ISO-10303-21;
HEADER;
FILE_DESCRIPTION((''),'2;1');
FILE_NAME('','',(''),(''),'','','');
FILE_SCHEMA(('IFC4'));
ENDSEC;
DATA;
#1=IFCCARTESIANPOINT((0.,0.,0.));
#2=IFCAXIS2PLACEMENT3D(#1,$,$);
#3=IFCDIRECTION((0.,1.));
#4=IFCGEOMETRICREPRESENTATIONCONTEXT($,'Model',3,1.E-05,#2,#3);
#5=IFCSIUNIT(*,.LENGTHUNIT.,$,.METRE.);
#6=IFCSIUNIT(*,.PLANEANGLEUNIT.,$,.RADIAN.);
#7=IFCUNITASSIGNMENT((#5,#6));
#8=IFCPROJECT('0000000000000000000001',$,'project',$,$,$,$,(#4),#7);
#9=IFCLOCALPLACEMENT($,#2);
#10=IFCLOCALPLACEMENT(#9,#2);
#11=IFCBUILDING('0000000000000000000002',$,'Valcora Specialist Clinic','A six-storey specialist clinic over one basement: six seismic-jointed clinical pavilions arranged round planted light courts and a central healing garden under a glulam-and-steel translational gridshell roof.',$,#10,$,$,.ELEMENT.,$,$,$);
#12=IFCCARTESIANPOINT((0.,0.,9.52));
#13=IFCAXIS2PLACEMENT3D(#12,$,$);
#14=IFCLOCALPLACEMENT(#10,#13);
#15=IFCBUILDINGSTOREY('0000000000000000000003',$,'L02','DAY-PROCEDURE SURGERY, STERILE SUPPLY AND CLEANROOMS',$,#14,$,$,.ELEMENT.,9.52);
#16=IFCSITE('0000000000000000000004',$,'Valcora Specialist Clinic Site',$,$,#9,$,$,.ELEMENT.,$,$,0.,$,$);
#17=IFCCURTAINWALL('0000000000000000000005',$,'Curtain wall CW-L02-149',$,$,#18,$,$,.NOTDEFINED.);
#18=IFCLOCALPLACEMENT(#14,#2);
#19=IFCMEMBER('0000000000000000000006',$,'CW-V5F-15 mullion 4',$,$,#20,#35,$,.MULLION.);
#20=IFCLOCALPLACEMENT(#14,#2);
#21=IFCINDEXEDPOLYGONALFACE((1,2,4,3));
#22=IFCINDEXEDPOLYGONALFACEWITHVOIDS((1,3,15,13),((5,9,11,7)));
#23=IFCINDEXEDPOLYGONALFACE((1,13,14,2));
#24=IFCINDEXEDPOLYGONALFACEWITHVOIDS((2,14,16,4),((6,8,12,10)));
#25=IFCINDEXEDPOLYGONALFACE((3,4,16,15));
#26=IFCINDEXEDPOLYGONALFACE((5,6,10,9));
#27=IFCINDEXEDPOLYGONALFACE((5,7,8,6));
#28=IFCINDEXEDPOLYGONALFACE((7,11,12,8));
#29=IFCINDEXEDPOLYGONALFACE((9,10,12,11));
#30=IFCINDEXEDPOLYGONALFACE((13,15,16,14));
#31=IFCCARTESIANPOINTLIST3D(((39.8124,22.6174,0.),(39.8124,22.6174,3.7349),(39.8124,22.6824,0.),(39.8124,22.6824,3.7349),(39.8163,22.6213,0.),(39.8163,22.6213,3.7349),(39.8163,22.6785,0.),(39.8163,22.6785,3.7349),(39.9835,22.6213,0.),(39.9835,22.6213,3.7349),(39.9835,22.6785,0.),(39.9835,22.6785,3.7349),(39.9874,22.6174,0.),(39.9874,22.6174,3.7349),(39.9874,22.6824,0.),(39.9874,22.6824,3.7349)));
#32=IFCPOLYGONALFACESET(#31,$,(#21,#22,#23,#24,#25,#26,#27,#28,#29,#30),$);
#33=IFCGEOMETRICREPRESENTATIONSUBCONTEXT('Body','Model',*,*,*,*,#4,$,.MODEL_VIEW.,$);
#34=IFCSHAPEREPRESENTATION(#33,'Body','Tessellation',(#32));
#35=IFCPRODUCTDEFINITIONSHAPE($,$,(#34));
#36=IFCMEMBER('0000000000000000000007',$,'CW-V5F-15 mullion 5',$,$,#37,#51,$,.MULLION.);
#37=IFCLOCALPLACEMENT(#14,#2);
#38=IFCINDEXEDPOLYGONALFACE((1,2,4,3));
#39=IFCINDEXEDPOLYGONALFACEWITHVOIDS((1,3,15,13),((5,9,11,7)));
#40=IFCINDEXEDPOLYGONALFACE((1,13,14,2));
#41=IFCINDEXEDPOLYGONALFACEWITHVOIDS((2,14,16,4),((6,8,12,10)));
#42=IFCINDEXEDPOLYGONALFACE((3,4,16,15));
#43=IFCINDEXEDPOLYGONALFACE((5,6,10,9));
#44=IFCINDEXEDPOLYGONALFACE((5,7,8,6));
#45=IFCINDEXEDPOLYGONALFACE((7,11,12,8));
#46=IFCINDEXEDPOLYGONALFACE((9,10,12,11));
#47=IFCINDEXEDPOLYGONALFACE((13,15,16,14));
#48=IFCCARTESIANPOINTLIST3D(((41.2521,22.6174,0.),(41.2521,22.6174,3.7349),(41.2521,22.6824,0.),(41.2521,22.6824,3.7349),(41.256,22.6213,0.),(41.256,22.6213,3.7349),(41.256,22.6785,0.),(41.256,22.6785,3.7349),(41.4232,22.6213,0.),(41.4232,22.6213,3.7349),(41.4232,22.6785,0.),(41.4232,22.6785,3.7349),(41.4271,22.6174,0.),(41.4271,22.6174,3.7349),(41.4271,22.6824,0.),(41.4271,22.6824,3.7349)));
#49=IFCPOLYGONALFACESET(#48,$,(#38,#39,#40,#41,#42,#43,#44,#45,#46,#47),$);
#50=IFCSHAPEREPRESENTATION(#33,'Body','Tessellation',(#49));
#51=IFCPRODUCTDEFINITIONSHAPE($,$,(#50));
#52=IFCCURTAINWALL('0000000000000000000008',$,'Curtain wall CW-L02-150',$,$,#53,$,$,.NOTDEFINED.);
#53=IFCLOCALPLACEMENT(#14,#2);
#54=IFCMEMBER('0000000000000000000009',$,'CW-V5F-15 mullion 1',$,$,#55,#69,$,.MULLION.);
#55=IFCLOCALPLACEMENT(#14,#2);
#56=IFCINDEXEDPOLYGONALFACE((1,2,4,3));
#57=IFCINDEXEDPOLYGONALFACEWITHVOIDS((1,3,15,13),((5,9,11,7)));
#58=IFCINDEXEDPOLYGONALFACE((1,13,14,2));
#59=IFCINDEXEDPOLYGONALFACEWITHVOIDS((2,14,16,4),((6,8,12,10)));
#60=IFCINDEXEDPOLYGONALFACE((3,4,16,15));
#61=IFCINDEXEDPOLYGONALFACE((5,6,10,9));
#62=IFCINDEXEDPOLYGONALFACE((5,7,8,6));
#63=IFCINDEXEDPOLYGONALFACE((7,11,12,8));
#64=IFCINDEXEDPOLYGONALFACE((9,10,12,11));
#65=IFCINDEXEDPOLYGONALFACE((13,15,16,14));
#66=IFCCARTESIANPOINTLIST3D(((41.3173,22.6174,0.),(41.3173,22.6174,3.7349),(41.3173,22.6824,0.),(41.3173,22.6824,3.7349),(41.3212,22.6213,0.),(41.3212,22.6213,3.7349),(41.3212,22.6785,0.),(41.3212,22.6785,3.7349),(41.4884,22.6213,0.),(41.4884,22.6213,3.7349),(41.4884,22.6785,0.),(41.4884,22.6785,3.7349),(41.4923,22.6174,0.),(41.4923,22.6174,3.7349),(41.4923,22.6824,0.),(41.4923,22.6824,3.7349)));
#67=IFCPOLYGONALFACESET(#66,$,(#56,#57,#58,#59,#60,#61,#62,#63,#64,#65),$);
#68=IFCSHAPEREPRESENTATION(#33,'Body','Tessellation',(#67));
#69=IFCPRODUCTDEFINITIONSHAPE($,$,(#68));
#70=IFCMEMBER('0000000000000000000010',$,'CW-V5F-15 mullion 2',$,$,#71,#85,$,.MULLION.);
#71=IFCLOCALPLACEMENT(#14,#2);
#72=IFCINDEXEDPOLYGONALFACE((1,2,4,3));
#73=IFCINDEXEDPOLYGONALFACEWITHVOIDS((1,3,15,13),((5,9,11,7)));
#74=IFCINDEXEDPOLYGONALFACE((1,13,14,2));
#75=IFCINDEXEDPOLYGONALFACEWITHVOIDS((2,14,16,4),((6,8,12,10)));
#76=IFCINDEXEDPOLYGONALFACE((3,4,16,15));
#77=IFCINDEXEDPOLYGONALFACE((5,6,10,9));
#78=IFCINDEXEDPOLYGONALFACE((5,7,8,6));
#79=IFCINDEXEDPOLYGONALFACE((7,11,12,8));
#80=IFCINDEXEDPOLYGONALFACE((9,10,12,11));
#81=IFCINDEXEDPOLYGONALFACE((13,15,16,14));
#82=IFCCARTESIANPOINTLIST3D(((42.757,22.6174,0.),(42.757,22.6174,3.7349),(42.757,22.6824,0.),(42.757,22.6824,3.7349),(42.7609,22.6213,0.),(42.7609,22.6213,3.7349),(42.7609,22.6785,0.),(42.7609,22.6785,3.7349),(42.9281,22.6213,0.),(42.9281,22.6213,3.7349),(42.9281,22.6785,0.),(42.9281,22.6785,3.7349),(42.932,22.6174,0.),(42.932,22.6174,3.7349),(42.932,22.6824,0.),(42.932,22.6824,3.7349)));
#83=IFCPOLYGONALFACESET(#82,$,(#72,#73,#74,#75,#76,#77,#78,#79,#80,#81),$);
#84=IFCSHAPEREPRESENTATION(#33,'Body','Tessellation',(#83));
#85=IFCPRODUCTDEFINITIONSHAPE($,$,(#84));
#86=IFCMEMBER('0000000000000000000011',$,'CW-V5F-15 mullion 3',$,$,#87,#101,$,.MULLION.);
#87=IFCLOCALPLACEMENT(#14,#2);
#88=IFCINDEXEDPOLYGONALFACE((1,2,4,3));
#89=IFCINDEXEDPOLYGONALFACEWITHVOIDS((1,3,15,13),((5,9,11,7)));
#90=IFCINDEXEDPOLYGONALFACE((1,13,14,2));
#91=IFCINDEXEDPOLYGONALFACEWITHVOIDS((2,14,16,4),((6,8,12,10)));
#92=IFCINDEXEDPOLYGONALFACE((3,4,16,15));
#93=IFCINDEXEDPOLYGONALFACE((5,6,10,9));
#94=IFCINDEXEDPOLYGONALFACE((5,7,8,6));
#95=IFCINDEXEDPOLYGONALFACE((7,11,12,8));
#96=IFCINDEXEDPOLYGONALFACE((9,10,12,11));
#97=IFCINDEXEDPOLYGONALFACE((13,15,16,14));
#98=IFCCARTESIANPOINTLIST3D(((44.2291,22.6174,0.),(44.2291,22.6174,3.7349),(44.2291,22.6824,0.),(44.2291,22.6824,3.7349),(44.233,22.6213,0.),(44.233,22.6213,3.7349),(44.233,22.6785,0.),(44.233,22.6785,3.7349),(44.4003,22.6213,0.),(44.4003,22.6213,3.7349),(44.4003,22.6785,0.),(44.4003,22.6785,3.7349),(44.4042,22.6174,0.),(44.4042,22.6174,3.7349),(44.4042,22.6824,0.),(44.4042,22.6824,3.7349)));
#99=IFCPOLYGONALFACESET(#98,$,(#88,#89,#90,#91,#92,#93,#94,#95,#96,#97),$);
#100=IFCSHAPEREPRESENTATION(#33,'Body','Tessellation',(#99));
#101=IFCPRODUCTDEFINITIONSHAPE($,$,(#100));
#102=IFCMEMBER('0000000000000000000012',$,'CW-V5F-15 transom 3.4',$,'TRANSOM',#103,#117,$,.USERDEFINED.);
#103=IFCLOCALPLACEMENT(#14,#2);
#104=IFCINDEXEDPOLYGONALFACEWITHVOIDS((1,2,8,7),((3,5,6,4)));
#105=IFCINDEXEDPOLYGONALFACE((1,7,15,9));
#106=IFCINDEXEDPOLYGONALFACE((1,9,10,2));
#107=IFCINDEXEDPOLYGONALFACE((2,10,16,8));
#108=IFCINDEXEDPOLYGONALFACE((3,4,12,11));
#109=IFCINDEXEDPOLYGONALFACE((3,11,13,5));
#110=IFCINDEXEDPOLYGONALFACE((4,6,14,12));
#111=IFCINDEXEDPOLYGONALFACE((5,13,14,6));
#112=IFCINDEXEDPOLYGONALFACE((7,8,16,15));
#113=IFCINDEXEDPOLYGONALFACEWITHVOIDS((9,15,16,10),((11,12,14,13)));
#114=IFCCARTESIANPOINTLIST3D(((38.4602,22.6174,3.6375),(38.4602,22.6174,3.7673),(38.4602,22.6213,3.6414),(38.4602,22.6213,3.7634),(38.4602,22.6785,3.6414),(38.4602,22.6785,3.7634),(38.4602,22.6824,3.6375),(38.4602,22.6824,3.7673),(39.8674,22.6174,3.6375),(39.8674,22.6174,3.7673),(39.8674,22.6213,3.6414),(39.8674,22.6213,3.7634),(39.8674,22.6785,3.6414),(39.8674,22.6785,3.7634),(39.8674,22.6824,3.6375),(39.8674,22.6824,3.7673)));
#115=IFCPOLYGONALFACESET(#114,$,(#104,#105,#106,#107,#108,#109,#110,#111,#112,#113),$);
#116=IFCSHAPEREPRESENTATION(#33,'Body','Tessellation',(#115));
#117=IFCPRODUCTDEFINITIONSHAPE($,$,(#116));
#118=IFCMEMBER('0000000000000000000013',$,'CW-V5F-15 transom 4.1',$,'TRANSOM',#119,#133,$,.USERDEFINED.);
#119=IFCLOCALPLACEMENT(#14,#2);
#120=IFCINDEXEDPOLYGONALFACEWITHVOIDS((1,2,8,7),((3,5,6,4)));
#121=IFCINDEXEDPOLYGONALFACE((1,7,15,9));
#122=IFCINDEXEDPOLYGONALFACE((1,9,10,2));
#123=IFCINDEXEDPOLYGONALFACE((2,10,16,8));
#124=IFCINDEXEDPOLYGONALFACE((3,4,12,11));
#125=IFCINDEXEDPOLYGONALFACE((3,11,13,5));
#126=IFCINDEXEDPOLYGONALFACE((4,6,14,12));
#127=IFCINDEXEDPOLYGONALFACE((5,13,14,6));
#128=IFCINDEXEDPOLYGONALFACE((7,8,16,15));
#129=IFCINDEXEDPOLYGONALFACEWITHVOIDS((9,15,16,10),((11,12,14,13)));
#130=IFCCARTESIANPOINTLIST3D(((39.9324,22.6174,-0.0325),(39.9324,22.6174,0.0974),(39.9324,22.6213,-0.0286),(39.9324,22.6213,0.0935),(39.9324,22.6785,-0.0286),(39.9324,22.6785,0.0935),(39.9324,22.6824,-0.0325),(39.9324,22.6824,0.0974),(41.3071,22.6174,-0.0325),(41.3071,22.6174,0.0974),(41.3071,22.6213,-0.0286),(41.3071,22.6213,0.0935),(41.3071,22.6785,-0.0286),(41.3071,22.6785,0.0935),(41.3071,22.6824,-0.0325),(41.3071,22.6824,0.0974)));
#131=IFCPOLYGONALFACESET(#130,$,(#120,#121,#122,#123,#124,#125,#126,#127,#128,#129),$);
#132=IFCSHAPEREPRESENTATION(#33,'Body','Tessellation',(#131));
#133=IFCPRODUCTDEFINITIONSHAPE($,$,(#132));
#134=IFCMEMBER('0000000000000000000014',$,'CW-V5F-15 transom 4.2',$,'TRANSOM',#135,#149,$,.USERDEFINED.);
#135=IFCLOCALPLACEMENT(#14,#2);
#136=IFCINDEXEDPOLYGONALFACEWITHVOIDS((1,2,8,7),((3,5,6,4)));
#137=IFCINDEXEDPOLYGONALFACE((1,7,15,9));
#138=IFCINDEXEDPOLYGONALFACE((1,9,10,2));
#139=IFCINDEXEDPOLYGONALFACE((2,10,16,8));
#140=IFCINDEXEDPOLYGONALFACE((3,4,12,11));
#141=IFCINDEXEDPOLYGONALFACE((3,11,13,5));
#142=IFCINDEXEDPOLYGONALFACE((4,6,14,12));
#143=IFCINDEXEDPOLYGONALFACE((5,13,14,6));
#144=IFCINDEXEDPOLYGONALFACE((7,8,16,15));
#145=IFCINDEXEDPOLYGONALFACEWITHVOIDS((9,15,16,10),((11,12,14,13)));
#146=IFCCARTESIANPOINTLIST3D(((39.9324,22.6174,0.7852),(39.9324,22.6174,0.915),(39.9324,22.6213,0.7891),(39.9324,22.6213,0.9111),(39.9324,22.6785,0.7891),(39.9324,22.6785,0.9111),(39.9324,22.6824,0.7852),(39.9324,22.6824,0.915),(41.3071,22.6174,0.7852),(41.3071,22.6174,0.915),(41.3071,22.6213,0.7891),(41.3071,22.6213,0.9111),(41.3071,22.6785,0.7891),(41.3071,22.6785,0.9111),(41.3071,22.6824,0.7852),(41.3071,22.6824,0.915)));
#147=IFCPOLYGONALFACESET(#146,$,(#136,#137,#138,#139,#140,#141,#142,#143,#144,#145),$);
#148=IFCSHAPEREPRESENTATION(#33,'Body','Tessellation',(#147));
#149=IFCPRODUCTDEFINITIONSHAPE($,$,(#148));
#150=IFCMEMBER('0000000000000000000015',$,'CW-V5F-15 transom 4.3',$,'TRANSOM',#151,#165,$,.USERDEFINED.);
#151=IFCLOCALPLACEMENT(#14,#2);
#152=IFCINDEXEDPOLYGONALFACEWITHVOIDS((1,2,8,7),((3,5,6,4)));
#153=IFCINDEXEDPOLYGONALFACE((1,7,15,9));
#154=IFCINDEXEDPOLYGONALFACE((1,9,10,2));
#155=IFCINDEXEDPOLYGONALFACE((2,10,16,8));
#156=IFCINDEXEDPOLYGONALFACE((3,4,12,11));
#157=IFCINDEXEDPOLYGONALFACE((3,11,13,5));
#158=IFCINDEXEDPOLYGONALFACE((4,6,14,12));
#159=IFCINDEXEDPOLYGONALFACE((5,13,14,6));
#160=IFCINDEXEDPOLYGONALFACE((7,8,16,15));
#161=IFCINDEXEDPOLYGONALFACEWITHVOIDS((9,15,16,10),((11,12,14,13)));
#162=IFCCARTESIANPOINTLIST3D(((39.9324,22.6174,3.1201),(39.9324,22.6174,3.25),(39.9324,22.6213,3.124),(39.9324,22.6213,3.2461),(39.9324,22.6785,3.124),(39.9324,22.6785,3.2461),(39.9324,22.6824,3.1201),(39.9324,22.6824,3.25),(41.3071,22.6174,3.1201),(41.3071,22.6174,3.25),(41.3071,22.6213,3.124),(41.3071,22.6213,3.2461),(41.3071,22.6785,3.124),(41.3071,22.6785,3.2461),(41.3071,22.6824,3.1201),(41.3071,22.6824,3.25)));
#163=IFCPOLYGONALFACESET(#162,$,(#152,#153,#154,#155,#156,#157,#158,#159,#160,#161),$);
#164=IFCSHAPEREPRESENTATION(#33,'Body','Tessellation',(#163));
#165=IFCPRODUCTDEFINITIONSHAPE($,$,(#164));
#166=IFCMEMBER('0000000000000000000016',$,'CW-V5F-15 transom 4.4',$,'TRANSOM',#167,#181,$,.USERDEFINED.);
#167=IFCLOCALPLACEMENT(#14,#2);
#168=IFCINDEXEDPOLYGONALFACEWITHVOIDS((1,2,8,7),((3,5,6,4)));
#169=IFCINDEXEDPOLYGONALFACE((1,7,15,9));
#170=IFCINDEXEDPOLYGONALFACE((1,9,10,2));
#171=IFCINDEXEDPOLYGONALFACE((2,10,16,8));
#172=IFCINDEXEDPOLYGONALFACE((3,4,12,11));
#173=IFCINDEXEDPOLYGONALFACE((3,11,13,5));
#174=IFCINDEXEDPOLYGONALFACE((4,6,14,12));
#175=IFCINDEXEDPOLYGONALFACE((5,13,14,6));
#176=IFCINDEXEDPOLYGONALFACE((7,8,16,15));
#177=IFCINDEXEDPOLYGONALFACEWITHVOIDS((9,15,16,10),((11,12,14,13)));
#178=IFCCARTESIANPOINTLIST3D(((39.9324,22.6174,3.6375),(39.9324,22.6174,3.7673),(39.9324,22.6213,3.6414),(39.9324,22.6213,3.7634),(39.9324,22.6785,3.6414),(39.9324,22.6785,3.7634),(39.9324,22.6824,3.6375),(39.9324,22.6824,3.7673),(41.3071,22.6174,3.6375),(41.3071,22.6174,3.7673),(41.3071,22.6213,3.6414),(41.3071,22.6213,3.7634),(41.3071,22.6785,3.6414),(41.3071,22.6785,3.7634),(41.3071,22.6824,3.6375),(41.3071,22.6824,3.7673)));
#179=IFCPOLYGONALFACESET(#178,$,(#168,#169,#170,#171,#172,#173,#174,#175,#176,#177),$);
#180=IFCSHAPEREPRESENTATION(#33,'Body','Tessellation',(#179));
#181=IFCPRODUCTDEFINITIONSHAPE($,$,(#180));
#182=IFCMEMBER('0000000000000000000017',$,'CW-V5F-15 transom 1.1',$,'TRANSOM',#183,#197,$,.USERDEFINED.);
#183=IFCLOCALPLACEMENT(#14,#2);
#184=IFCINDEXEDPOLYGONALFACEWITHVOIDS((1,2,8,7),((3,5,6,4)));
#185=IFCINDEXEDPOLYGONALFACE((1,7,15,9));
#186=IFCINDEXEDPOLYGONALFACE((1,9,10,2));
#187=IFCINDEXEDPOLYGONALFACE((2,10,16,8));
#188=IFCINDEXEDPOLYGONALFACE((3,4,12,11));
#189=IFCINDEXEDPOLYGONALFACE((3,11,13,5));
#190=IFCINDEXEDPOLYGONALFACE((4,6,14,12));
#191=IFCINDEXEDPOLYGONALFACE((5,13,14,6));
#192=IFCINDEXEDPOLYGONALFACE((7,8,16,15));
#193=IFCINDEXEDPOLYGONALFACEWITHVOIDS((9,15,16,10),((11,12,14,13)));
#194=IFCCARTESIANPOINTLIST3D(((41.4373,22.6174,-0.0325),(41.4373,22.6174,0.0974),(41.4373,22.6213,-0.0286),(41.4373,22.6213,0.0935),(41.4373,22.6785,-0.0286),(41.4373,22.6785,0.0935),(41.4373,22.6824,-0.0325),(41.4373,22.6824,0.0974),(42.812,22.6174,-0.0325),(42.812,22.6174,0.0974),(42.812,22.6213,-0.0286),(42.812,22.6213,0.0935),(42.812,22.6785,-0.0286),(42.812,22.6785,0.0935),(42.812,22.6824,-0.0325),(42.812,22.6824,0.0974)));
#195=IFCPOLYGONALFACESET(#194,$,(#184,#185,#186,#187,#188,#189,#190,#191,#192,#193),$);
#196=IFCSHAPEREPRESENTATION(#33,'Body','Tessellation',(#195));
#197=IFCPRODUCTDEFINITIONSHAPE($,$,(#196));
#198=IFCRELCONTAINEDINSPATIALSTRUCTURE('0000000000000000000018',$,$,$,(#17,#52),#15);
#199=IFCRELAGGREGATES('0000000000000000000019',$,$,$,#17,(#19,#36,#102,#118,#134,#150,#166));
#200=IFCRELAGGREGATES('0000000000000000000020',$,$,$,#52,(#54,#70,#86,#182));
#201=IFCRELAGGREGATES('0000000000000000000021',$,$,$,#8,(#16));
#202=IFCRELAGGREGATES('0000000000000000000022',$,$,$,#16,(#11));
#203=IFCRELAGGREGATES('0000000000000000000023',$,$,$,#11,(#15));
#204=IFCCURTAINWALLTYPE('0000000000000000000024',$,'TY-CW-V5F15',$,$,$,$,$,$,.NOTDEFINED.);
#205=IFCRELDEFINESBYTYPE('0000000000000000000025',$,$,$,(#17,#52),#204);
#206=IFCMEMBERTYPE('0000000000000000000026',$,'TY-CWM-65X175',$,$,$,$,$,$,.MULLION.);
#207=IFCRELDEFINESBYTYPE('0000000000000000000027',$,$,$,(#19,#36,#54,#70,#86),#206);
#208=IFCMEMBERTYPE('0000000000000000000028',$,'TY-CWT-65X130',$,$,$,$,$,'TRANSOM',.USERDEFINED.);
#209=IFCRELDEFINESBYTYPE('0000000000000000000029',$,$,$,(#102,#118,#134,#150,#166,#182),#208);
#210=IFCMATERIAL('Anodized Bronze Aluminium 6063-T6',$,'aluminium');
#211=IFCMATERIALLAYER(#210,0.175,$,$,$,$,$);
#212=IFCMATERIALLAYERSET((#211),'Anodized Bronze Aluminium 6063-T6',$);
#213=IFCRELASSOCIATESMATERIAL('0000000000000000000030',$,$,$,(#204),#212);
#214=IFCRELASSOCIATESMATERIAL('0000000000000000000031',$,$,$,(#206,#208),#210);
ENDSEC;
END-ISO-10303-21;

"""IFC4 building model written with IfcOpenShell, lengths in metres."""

from ifc_helpers import new_model, si_unit, direction, frame, origin, origin_2d, place, context, subcontext, project, spatial, hollow_rectangle, extrude, material, layer, layer_set, material_profile, profile_set, type_object, element, aggregate, save


model = new_model("IFC4")

# Units and contexts
model_context = context("Model", 3, precision=1e-05, world=origin(), true_north=direction((0.0, 1.0)))
body_context = subcontext(model_context, "Body", "Model", "MODEL_VIEW")
ifc_project = project(units=[si_unit("LENGTHUNIT", "METRE"), si_unit("PLANEANGLEUNIT", "RADIAN")], contexts=[model_context])

# Site, building, storey
site_placement = place(None, origin())
site = spatial("IfcSite", under=ifc_project, at=site_placement, Name="Valcora Specialist Clinic Site", CompositionType="ELEMENT", RefElevation=0.0)
building_placement = place(site_placement, origin())
building = spatial("IfcBuilding", under=site, at=building_placement, Name="Valcora Specialist Clinic", Description="A six-storey specialist clinic over one basement: six seismic-jointed clinical pavilions arranged round planted light courts and a central healing garden under a glulam-and-steel translational gridshell roof.", CompositionType="ELEMENT")
storey_placement = place(building_placement, frame((0.0, 0.0, 9.52)))
storey = spatial("IfcBuildingStorey", under=building, at=storey_placement, Name="L02", Description="DAY-PROCEDURE SURGERY, STERILE SUPPLY AND CLEANROOMS", CompositionType="ELEMENT", Elevation=9.52)

# Curtain walls, members
ifc_material_1 = material(Name="Anodized Bronze Aluminium 6063-T6", Category="aluminium")
ifc_layer_1 = layer(ifc_material_1, 0.175)
ifc_layer_set_1 = layer_set([ifc_layer_1], Name="Anodized Bronze Aluminium 6063-T6")
curtain_wall_type = type_object("IfcCurtainWallType", Name="TY-CW-V5F15", PredefinedType="NOTDEFINED", material=ifc_layer_set_1)
curtain_wall_1_placement = place(storey_placement, origin())
curtain_wall_1 = element("IfcCurtainWall", 1, at=curtain_wall_1_placement, inside=storey, type_object=curtain_wall_type, Name="Curtain wall CW-L02-149", PredefinedType="NOTDEFINED")
ifc_material_profile_1 = material_profile(ifc_material_1, hollow_rectangle(XDim=0.0649, YDim=0.175, WallThickness=0.0039, at=origin_2d()), Name="AL-MUL-65X175")
ifc_profile_set_1 = profile_set([ifc_material_profile_1], Name="Anodized Bronze Aluminium 6063-T6")
member_type_1 = type_object("IfcMemberType", Name="TY-CWM-65X175", PredefinedType="MULLION", material=ifc_profile_set_1)
member_1_placement = place(storey_placement, frame((39.8999, 22.6499, 0.0), z_axis=(0.0, 0.0, 1.0), x_axis=(0.0, 1.0, 0.0)))
member_1 = element("IfcMember", 2, at=member_1_placement, type_object=member_type_1, Name="CW-V5F-15 mullion 4", PredefinedType="MULLION", context=body_context, shape_type="SweptSolid", body=[
    extrude(hollow_rectangle(XDim=0.0649, YDim=0.175, WallThickness=0.0039, at=origin_2d()), origin(), (0.0, 0.0, 1.0), 3.7349),
])
member_2_placement = place(storey_placement, frame((41.3396, 22.6499, 0.0), z_axis=(0.0, 0.0, 1.0), x_axis=(0.0, 1.0, 0.0)))
member_2 = element("IfcMember", 3, at=member_2_placement, type_object=member_type_1, Name="CW-V5F-15 mullion 5", PredefinedType="MULLION", context=body_context, shape_type="SweptSolid", body=[
    extrude(hollow_rectangle(XDim=0.0649, YDim=0.175, WallThickness=0.0039, at=origin_2d()), origin(), (0.0, 0.0, 1.0), 3.7349),
])
curtain_wall_2_placement = place(storey_placement, origin())
curtain_wall_2 = element("IfcCurtainWall", 4, at=curtain_wall_2_placement, inside=storey, type_object=curtain_wall_type, Name="Curtain wall CW-L02-150", PredefinedType="NOTDEFINED")
member_3_placement = place(storey_placement, frame((41.4048, 22.6499, 0.0), z_axis=(0.0, 0.0, 1.0), x_axis=(0.0, 1.0, 0.0)))
member_3 = element("IfcMember", 5, at=member_3_placement, type_object=member_type_1, Name="CW-V5F-15 mullion 1", PredefinedType="MULLION", context=body_context, shape_type="SweptSolid", body=[
    extrude(hollow_rectangle(XDim=0.0649, YDim=0.175, WallThickness=0.0039, at=origin_2d()), origin(), (0.0, 0.0, 1.0), 3.7349),
])
member_4_placement = place(storey_placement, frame((42.8445, 22.6499, 0.0), z_axis=(0.0, 0.0, 1.0), x_axis=(0.0, 1.0, 0.0)))
member_4 = element("IfcMember", 6, at=member_4_placement, type_object=member_type_1, Name="CW-V5F-15 mullion 2", PredefinedType="MULLION", context=body_context, shape_type="SweptSolid", body=[
    extrude(hollow_rectangle(XDim=0.0649, YDim=0.175, WallThickness=0.0039, at=origin_2d()), origin(), (0.0, 0.0, 1.0), 3.7349),
])
member_5_placement = place(storey_placement, frame((44.3167, 22.6499, 0.0), z_axis=(0.0, 0.0, 1.0), x_axis=(0.0, 1.0, 0.0)))
member_5 = element("IfcMember", 7, at=member_5_placement, type_object=member_type_1, Name="CW-V5F-15 mullion 3", PredefinedType="MULLION", context=body_context, shape_type="SweptSolid", body=[
    extrude(hollow_rectangle(XDim=0.0649, YDim=0.175, WallThickness=0.0039, at=origin_2d()), origin(), (0.0, 0.0, 1.0), 3.7349),
])

# Members
ifc_material_profile_2 = material_profile(ifc_material_1, hollow_rectangle(XDim=0.0649, YDim=0.1299, WallThickness=0.0039, at=origin_2d()), Name="AL-TRN-65X130")
ifc_profile_set_2 = profile_set([ifc_material_profile_2], Name="Anodized Bronze Aluminium 6063-T6")
member_type_2 = type_object("IfcMemberType", Name="TY-CWT-65X130", ElementType="TRANSOM", PredefinedType="USERDEFINED", material=ifc_profile_set_2)
member_6_placement = place(storey_placement, frame((38.4602, 22.6499, 3.7024), z_axis=(1.0, 0.0, 0.0), x_axis=(0.0, 1.0, 0.0)))
member_6 = element("IfcMember", 8, at=member_6_placement, type_object=member_type_2, Name="CW-V5F-15 transom 3.4", ObjectType="TRANSOM", PredefinedType="USERDEFINED", context=body_context, shape_type="SweptSolid", body=[
    extrude(hollow_rectangle(XDim=0.0649, YDim=0.1299, WallThickness=0.0039, at=origin_2d()), origin(), (0.0, 0.0, 1.0), 1.4072),
])
member_7_placement = place(storey_placement, frame((39.9324, 22.6499, 0.0325), z_axis=(1.0, 0.0, 0.0), x_axis=(0.0, 1.0, 0.0)))
member_7 = element("IfcMember", 9, at=member_7_placement, type_object=member_type_2, Name="CW-V5F-15 transom 4.1", ObjectType="TRANSOM", PredefinedType="USERDEFINED", context=body_context, shape_type="SweptSolid", body=[
    extrude(hollow_rectangle(XDim=0.0649, YDim=0.1299, WallThickness=0.0039, at=origin_2d()), origin(), (0.0, 0.0, 1.0), 1.3748),
])
member_8_placement = place(storey_placement, frame((39.9324, 22.6499, 0.8501), z_axis=(1.0, 0.0, 0.0), x_axis=(0.0, 1.0, 0.0)))
member_8 = element("IfcMember", 10, at=member_8_placement, type_object=member_type_2, Name="CW-V5F-15 transom 4.2", ObjectType="TRANSOM", PredefinedType="USERDEFINED", context=body_context, shape_type="SweptSolid", body=[
    extrude(hollow_rectangle(XDim=0.0649, YDim=0.1299, WallThickness=0.0039, at=origin_2d()), origin(), (0.0, 0.0, 1.0), 1.3748),
])
member_9_placement = place(storey_placement, frame((39.9324, 22.6499, 3.1851), z_axis=(1.0, 0.0, 0.0), x_axis=(0.0, 1.0, 0.0)))
member_9 = element("IfcMember", 11, at=member_9_placement, type_object=member_type_2, Name="CW-V5F-15 transom 4.3", ObjectType="TRANSOM", PredefinedType="USERDEFINED", context=body_context, shape_type="SweptSolid", body=[
    extrude(hollow_rectangle(XDim=0.0649, YDim=0.1299, WallThickness=0.0039, at=origin_2d()), origin(), (0.0, 0.0, 1.0), 1.3748),
])
member_10_placement = place(storey_placement, frame((39.9324, 22.6499, 3.7024), z_axis=(1.0, 0.0, 0.0), x_axis=(0.0, 1.0, 0.0)))
member_10 = element("IfcMember", 12, at=member_10_placement, type_object=member_type_2, Name="CW-V5F-15 transom 4.4", ObjectType="TRANSOM", PredefinedType="USERDEFINED", context=body_context, shape_type="SweptSolid", body=[
    extrude(hollow_rectangle(XDim=0.0649, YDim=0.1299, WallThickness=0.0039, at=origin_2d()), origin(), (0.0, 0.0, 1.0), 1.3748),
])
member_11_placement = place(storey_placement, frame((41.4373, 22.6499, 0.0325), z_axis=(1.0, 0.0, 0.0), x_axis=(0.0, 1.0, 0.0)))
member_11 = element("IfcMember", 13, at=member_11_placement, type_object=member_type_2, Name="CW-V5F-15 transom 1.1", ObjectType="TRANSOM", PredefinedType="USERDEFINED", context=body_context, shape_type="SweptSolid", body=[
    extrude(hollow_rectangle(XDim=0.0649, YDim=0.1299, WallThickness=0.0039, at=origin_2d()), origin(), (0.0, 0.0, 1.0), 1.3748),
])

aggregate(curtain_wall_1, [member_1, member_2, member_6, member_7, member_8, member_9, member_10])
aggregate(curtain_wall_2, [member_3, member_4, member_5, member_11])

save(model, "model.ifc")
